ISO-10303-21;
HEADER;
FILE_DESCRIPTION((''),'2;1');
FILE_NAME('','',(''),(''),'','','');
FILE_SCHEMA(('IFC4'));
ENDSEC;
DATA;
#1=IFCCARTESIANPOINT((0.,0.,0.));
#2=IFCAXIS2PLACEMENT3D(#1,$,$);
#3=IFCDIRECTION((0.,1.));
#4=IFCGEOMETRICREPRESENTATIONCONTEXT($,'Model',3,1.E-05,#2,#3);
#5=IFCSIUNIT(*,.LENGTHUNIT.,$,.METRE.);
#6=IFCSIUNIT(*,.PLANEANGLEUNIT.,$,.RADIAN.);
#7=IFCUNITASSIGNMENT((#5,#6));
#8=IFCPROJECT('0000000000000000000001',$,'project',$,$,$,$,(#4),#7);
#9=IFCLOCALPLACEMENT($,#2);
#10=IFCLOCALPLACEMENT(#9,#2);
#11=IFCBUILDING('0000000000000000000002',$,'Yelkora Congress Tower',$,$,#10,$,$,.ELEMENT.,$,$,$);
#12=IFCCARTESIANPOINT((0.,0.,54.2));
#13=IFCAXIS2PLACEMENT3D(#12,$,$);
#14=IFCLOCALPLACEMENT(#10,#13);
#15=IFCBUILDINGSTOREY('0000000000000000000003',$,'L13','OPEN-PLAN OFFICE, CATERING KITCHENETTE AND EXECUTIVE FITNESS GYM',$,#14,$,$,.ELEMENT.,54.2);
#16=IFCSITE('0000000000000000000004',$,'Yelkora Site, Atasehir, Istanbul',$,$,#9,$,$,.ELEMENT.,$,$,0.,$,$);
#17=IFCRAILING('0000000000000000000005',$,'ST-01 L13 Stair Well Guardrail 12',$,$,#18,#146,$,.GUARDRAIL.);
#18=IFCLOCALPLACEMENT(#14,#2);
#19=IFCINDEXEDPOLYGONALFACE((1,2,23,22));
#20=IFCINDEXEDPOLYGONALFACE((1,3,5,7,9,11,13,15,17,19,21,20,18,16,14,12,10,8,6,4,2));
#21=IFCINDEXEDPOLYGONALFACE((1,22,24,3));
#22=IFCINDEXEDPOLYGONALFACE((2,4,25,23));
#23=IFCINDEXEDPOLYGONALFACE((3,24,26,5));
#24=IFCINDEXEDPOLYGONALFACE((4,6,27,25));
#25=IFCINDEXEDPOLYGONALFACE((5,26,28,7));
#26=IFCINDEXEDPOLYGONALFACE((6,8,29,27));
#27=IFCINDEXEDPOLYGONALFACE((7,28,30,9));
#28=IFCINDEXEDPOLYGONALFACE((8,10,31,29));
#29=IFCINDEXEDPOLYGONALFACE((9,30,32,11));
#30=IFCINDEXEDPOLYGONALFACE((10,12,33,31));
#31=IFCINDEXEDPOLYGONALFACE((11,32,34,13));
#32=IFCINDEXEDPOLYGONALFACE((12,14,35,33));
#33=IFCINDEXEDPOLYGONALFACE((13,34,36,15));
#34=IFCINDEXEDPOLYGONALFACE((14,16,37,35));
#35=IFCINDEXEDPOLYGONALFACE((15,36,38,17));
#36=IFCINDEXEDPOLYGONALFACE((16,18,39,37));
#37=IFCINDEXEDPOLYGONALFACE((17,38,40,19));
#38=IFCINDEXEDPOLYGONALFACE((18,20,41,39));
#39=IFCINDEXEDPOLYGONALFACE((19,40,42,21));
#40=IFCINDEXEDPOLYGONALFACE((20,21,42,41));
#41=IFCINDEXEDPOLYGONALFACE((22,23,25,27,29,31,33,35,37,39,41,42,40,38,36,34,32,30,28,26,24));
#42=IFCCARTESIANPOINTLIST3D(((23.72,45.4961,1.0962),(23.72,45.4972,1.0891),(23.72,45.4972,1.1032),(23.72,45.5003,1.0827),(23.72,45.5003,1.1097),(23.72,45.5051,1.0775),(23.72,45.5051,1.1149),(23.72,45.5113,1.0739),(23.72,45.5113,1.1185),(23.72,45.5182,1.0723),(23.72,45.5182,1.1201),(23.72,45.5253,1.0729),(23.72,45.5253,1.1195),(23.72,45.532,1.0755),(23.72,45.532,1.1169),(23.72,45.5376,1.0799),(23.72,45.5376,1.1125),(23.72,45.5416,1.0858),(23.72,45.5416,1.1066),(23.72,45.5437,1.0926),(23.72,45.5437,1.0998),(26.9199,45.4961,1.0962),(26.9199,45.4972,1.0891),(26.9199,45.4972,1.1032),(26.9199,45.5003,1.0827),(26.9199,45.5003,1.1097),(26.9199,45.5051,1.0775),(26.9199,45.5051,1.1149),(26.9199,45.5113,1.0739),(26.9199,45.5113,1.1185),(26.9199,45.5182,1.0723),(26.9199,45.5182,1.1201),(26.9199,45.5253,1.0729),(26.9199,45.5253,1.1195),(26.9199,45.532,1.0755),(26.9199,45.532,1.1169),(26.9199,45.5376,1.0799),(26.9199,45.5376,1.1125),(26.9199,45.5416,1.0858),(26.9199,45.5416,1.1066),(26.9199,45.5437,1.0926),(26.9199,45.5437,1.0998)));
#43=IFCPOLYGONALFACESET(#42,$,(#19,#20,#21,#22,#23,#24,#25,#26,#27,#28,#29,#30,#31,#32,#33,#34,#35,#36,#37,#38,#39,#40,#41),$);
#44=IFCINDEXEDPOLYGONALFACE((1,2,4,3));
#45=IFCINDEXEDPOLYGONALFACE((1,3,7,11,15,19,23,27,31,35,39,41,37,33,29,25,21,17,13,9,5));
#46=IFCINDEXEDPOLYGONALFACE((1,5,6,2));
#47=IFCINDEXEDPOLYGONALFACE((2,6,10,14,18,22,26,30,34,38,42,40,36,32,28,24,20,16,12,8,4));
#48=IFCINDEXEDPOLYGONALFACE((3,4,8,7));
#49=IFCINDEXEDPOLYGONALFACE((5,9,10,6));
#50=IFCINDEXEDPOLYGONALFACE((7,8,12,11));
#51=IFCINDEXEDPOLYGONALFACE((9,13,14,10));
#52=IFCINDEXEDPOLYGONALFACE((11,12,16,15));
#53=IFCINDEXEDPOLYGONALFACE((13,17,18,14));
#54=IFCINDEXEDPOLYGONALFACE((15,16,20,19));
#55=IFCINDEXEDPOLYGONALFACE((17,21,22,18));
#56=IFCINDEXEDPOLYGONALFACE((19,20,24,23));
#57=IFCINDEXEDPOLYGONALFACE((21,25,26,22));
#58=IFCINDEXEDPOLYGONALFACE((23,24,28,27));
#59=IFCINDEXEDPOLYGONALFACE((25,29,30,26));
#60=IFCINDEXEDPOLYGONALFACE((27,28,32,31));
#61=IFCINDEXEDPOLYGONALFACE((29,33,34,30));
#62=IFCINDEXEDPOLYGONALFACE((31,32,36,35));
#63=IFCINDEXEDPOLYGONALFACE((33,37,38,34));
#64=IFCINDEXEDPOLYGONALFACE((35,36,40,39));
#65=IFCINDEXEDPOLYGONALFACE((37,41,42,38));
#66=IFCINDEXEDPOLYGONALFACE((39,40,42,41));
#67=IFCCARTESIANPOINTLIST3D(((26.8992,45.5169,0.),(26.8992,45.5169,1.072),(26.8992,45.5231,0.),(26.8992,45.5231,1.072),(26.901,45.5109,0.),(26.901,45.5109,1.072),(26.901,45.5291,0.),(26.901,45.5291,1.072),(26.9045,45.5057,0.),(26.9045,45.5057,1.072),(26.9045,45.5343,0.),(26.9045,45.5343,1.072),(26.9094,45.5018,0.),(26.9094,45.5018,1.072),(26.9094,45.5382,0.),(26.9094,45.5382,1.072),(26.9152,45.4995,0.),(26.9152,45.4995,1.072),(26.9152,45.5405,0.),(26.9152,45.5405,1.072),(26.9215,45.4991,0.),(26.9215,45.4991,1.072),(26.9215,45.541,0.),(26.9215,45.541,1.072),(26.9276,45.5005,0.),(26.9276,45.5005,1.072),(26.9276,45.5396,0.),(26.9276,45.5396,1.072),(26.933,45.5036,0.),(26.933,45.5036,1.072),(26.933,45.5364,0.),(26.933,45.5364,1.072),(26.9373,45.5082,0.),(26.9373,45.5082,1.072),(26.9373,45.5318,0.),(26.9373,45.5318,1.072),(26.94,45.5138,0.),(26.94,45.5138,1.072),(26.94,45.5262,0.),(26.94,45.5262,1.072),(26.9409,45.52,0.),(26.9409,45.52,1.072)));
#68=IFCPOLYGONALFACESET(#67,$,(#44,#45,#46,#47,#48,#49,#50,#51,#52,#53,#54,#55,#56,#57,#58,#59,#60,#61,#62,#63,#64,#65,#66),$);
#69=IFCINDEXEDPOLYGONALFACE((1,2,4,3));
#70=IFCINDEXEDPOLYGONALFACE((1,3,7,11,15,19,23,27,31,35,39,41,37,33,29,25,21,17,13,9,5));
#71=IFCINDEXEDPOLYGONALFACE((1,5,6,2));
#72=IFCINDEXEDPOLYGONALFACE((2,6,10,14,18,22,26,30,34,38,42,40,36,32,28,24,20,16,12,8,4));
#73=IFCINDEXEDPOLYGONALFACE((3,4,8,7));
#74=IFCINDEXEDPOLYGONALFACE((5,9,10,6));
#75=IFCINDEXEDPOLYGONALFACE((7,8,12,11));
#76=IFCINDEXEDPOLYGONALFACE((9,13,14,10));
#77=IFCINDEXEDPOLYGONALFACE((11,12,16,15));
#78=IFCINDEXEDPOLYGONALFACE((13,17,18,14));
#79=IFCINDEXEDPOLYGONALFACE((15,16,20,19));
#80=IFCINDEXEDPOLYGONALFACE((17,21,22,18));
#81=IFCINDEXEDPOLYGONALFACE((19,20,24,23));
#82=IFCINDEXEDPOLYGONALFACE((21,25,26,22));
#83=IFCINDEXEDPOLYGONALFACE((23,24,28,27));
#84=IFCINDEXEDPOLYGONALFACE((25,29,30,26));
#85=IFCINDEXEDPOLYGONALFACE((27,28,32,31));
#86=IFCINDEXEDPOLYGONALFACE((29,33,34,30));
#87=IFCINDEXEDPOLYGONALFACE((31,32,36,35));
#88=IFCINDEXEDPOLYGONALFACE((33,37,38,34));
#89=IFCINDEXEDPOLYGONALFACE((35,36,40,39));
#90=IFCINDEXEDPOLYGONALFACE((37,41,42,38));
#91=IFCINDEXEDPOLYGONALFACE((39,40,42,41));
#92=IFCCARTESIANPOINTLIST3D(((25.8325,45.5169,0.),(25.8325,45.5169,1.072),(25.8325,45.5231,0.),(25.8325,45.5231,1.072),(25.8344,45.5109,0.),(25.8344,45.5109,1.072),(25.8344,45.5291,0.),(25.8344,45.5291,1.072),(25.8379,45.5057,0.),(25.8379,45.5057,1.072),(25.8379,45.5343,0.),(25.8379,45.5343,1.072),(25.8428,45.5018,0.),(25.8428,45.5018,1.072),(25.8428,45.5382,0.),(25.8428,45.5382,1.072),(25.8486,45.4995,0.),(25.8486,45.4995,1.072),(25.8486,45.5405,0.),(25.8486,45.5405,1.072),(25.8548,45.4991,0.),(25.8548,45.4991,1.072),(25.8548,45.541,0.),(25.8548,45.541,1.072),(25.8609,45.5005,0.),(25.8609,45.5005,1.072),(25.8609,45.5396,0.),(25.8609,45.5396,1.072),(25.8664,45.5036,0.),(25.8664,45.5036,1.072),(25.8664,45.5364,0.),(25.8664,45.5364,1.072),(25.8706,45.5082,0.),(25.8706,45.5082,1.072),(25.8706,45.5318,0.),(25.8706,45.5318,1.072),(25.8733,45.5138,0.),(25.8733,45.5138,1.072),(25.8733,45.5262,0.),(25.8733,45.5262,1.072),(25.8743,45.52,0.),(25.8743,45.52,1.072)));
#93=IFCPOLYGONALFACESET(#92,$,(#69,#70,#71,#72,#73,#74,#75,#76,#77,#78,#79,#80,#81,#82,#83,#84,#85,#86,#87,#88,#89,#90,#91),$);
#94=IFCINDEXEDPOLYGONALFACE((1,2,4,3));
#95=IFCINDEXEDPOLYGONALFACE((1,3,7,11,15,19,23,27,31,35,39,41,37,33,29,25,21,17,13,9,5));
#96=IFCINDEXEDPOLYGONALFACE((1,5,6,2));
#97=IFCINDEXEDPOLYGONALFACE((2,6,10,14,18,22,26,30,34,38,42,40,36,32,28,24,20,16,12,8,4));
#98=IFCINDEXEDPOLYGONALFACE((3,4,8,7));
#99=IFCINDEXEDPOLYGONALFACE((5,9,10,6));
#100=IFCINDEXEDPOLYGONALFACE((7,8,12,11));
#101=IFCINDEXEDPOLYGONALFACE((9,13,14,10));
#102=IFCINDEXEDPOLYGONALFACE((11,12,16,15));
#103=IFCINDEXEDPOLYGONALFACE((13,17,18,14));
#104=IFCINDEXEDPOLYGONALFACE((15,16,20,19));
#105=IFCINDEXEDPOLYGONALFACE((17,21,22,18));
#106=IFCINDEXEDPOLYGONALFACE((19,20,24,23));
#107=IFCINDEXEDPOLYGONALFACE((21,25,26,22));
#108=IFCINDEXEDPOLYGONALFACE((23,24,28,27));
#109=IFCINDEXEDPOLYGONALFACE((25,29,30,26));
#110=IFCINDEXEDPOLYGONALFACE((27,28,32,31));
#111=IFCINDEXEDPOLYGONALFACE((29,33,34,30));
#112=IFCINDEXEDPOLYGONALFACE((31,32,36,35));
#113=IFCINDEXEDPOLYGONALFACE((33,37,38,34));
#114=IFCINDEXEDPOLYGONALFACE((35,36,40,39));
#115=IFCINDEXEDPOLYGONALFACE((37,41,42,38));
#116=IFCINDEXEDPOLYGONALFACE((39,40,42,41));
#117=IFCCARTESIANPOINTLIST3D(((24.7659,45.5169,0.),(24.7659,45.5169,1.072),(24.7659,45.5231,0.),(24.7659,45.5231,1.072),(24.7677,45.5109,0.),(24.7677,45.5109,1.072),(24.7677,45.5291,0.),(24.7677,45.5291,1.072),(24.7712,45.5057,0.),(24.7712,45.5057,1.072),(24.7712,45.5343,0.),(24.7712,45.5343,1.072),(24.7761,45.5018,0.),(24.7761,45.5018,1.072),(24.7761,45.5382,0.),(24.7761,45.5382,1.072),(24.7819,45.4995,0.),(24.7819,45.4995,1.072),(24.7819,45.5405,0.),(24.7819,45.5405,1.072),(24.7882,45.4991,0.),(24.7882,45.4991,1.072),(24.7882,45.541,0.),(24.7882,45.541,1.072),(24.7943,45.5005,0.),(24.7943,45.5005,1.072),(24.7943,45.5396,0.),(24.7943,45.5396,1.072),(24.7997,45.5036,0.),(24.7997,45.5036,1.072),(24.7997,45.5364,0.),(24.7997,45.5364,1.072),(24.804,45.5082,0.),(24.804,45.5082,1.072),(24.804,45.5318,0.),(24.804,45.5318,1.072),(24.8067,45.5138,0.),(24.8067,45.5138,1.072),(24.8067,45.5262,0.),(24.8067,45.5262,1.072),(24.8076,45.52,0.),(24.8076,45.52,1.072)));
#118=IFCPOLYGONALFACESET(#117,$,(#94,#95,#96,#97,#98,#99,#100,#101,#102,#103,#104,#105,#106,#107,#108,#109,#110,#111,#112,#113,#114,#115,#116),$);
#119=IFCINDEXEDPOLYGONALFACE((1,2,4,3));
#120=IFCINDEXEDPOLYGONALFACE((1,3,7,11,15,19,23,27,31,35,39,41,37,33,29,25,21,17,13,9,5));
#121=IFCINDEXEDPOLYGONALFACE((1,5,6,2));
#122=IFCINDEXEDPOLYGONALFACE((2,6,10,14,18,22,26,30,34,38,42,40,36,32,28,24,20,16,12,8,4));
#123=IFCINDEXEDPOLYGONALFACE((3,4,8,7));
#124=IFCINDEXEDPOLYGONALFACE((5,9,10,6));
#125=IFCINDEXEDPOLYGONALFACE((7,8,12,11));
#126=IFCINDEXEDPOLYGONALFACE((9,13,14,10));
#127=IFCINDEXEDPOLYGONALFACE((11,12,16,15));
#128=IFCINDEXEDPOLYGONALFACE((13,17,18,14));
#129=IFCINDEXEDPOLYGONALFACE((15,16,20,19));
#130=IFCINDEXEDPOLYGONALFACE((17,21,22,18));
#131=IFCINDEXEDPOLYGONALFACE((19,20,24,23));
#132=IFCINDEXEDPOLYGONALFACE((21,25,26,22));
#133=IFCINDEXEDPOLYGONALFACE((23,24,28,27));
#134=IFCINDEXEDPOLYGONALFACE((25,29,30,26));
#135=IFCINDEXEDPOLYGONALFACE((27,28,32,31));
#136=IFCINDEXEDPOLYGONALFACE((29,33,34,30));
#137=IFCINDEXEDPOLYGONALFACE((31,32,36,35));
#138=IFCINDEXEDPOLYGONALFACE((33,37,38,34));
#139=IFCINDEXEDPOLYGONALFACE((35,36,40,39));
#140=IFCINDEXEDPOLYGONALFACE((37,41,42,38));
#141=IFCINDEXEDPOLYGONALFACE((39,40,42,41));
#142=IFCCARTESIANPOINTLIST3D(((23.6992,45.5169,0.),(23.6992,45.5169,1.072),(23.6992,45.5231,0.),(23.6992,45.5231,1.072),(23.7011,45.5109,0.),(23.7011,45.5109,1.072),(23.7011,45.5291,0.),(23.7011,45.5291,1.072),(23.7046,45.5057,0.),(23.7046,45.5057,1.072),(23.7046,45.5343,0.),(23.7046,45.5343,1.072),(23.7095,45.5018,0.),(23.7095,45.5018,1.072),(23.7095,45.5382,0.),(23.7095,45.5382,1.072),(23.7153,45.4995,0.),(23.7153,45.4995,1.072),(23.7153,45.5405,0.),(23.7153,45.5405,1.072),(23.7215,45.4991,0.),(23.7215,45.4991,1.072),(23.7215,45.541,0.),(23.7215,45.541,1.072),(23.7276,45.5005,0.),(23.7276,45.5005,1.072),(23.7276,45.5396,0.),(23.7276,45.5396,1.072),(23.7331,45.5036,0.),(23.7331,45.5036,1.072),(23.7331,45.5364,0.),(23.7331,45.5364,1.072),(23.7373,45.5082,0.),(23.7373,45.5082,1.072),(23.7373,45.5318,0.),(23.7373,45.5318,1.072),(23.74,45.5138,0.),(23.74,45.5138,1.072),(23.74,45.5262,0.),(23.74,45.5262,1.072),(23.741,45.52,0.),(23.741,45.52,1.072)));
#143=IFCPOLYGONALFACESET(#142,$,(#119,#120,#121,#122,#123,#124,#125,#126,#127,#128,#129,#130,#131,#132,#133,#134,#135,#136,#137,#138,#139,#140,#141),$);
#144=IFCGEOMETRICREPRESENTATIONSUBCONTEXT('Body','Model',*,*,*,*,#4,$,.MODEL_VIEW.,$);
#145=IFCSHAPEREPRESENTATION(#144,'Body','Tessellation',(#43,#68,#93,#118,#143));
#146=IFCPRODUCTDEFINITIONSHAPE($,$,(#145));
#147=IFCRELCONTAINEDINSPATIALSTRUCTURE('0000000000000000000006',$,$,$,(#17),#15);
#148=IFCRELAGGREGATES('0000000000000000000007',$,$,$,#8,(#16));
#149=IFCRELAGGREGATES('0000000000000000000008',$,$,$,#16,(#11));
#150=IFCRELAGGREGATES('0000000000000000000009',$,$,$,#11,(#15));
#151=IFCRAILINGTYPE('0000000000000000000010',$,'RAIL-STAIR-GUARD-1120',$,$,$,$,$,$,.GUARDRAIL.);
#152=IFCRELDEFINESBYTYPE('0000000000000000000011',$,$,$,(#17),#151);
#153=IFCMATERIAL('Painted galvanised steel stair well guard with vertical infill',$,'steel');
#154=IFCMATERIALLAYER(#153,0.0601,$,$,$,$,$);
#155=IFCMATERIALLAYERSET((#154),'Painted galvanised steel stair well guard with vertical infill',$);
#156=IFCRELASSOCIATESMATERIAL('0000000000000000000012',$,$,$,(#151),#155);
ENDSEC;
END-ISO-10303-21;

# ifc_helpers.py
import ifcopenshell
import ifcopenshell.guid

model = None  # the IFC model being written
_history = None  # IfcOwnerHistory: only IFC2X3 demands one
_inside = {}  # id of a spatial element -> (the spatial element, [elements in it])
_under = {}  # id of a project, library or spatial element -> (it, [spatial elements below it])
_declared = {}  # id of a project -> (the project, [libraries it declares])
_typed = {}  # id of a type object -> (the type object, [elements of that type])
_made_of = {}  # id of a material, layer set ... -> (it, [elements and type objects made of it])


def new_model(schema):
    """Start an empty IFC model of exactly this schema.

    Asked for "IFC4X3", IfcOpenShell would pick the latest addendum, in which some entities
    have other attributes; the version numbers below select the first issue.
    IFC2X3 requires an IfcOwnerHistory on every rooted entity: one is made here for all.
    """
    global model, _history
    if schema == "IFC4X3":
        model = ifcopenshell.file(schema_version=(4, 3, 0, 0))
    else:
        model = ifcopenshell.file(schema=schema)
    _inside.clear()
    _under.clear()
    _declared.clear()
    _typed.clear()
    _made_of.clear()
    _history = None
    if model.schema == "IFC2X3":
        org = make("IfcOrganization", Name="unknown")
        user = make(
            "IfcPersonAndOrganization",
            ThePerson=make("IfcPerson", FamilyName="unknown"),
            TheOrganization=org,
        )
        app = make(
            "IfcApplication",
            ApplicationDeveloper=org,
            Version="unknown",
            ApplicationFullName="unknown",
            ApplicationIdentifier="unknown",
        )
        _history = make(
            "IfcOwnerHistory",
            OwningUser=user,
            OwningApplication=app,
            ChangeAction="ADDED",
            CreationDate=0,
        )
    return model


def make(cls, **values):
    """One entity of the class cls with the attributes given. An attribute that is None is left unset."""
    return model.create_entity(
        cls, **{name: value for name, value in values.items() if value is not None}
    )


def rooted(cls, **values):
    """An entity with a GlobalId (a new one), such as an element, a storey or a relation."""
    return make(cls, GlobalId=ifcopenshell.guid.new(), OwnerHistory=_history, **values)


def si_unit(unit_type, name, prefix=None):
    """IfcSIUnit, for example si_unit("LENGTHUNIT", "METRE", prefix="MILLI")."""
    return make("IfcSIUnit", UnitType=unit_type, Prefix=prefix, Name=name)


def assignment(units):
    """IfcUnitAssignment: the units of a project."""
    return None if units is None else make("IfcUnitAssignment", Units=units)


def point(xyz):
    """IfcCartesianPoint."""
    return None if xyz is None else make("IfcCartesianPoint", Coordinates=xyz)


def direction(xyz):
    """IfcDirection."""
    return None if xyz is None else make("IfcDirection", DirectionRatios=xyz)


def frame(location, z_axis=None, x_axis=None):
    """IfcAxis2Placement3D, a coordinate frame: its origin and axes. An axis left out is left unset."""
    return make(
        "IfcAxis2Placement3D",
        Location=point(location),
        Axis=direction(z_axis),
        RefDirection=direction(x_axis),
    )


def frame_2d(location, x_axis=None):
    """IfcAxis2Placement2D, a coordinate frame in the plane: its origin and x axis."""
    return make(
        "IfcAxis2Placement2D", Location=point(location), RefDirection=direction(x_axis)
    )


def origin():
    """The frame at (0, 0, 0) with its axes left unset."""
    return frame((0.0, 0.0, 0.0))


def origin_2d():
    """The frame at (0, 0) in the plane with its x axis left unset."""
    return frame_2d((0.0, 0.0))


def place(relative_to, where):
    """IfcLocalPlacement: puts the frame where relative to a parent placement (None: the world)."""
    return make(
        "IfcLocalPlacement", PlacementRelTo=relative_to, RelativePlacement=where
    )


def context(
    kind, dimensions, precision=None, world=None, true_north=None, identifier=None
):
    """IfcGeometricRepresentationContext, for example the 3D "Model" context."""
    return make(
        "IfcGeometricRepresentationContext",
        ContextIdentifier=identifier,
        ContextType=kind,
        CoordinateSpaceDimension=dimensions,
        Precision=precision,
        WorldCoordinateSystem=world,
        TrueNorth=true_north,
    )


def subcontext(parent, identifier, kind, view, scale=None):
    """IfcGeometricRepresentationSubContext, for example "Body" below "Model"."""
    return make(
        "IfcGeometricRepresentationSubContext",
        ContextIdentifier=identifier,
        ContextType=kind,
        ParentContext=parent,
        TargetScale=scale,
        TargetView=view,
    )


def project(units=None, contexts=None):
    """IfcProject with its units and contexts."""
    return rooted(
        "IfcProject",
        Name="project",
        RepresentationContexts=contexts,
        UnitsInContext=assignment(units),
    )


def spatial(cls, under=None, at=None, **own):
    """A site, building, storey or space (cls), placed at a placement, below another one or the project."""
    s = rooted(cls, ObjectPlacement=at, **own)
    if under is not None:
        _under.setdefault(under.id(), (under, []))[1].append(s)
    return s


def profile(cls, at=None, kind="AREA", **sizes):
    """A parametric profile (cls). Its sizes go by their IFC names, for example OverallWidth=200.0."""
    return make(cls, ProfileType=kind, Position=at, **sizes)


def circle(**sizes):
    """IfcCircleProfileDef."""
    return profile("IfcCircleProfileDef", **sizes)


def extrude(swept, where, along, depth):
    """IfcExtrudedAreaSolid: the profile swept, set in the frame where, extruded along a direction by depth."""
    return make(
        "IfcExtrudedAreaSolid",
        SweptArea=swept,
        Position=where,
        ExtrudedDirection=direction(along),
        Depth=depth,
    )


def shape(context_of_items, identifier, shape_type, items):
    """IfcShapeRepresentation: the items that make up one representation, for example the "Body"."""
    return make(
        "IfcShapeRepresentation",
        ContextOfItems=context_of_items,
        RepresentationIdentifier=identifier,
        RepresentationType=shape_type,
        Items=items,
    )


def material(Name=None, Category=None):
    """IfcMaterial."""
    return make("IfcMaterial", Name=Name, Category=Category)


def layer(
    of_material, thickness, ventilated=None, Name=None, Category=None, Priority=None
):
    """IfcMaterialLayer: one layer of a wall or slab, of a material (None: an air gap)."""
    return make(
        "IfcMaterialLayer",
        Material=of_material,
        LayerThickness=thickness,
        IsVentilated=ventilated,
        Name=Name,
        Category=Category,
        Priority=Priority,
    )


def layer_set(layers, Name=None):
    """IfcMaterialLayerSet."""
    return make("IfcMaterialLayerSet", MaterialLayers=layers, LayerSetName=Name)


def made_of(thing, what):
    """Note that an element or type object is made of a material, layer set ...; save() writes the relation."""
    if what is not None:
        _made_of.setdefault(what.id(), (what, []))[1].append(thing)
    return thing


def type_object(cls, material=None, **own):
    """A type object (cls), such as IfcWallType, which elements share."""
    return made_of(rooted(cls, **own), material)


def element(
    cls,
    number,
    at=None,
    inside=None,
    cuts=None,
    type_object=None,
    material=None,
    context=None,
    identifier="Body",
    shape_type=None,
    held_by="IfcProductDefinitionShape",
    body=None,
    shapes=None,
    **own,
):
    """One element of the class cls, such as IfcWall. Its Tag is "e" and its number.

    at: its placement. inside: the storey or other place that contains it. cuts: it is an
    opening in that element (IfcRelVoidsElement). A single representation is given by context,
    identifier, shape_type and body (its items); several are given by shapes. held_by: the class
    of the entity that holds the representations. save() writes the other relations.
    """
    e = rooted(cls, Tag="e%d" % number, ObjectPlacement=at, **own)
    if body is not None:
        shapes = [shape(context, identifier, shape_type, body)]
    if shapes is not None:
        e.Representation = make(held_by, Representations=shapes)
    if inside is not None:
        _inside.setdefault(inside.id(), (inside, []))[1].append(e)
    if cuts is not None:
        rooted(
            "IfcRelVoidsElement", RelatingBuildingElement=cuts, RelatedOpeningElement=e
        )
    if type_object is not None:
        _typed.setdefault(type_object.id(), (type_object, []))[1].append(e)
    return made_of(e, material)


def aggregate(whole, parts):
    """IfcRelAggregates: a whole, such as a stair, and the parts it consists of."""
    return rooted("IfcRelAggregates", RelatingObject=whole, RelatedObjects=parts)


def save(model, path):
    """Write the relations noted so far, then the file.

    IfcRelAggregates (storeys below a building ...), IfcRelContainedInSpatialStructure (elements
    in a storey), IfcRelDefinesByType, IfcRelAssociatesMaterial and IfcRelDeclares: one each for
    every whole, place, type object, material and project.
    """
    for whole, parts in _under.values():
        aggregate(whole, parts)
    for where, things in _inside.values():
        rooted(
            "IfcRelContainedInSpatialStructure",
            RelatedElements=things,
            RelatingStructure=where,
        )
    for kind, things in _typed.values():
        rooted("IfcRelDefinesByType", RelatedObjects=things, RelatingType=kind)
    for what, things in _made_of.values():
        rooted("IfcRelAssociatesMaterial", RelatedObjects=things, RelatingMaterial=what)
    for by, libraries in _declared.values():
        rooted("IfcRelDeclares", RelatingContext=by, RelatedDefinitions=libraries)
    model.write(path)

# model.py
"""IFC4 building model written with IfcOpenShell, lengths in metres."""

from ifc_helpers import new_model, si_unit, direction, frame, origin, origin_2d, place, context, subcontext, project, spatial, circle, extrude, material, layer, layer_set, type_object, element, save


model = new_model("IFC4")

# Units and contexts
model_context = context("Model", 3, precision=1e-05, world=origin(), true_north=direction((0.0, 1.0)))
body_context = subcontext(model_context, "Body", "Model", "MODEL_VIEW")
ifc_project = project(units=[si_unit("LENGTHUNIT", "METRE"), si_unit("PLANEANGLEUNIT", "RADIAN")], contexts=[model_context])

# Site, building, storey
site_placement = place(None, origin())
site = spatial("IfcSite", under=ifc_project, at=site_placement, Name="Yelkora Site, Atasehir, Istanbul", CompositionType="ELEMENT", RefElevation=0.0)
building_placement = place(site_placement, origin())
building = spatial("IfcBuilding", under=site, at=building_placement, Name="Yelkora Congress Tower", CompositionType="ELEMENT")
storey_placement = place(building_placement, frame((0.0, 0.0, 54.2)))
storey = spatial("IfcBuildingStorey", under=building, at=storey_placement, Name="L13", Description="OPEN-PLAN OFFICE, CATERING KITCHENETTE AND EXECUTIVE FITNESS GYM", CompositionType="ELEMENT", Elevation=54.2)

# Railing
ifc_material_1 = material(Name="Painted galvanised steel stair well guard with vertical infill", Category="steel")
ifc_layer_1 = layer(ifc_material_1, 0.0601)
ifc_layer_set_1 = layer_set([ifc_layer_1], Name="Painted galvanised steel stair well guard with vertical infill")
railing_type_1 = type_object("IfcRailingType", Name="RAIL-STAIR-GUARD-1120", PredefinedType="GUARDRAIL", material=ifc_layer_set_1)
railing_1_placement = place(storey_placement, frame((26.9199, 45.52, 0.0)))
element("IfcRailing", 1, at=railing_1_placement, inside=storey, type_object=railing_type_1, Name="ST-01 L13 Stair Well Guardrail 12", PredefinedType="GUARDRAIL", context=body_context, shape_type="SweptSolid", body=[
    extrude(circle(Radius=0.0239, at=origin_2d()), frame((0.0, 0.0, 1.0962), z_axis=(-1.0, 0.0, 0.0), x_axis=(0.0, -1.0, 0.0)), (0.0, 0.0, 1.0), 3.2),
    extrude(circle(Radius=0.021, at=origin_2d()), origin(), (0.0, 0.0, 1.0), 1.072),
    extrude(circle(Radius=0.021, at=origin_2d()), frame((-1.0667, 0.0, 0.0)), (0.0, 0.0, 1.0), 1.072),
    extrude(circle(Radius=0.021, at=origin_2d()), frame((-2.1333, 0.0, 0.0)), (0.0, 0.0, 1.0), 1.072),
    extrude(circle(Radius=0.021, at=origin_2d()), frame((-3.2, 0.0, 0.0)), (0.0, 0.0, 1.0), 1.072),
])

save(model, "model.ifc")
